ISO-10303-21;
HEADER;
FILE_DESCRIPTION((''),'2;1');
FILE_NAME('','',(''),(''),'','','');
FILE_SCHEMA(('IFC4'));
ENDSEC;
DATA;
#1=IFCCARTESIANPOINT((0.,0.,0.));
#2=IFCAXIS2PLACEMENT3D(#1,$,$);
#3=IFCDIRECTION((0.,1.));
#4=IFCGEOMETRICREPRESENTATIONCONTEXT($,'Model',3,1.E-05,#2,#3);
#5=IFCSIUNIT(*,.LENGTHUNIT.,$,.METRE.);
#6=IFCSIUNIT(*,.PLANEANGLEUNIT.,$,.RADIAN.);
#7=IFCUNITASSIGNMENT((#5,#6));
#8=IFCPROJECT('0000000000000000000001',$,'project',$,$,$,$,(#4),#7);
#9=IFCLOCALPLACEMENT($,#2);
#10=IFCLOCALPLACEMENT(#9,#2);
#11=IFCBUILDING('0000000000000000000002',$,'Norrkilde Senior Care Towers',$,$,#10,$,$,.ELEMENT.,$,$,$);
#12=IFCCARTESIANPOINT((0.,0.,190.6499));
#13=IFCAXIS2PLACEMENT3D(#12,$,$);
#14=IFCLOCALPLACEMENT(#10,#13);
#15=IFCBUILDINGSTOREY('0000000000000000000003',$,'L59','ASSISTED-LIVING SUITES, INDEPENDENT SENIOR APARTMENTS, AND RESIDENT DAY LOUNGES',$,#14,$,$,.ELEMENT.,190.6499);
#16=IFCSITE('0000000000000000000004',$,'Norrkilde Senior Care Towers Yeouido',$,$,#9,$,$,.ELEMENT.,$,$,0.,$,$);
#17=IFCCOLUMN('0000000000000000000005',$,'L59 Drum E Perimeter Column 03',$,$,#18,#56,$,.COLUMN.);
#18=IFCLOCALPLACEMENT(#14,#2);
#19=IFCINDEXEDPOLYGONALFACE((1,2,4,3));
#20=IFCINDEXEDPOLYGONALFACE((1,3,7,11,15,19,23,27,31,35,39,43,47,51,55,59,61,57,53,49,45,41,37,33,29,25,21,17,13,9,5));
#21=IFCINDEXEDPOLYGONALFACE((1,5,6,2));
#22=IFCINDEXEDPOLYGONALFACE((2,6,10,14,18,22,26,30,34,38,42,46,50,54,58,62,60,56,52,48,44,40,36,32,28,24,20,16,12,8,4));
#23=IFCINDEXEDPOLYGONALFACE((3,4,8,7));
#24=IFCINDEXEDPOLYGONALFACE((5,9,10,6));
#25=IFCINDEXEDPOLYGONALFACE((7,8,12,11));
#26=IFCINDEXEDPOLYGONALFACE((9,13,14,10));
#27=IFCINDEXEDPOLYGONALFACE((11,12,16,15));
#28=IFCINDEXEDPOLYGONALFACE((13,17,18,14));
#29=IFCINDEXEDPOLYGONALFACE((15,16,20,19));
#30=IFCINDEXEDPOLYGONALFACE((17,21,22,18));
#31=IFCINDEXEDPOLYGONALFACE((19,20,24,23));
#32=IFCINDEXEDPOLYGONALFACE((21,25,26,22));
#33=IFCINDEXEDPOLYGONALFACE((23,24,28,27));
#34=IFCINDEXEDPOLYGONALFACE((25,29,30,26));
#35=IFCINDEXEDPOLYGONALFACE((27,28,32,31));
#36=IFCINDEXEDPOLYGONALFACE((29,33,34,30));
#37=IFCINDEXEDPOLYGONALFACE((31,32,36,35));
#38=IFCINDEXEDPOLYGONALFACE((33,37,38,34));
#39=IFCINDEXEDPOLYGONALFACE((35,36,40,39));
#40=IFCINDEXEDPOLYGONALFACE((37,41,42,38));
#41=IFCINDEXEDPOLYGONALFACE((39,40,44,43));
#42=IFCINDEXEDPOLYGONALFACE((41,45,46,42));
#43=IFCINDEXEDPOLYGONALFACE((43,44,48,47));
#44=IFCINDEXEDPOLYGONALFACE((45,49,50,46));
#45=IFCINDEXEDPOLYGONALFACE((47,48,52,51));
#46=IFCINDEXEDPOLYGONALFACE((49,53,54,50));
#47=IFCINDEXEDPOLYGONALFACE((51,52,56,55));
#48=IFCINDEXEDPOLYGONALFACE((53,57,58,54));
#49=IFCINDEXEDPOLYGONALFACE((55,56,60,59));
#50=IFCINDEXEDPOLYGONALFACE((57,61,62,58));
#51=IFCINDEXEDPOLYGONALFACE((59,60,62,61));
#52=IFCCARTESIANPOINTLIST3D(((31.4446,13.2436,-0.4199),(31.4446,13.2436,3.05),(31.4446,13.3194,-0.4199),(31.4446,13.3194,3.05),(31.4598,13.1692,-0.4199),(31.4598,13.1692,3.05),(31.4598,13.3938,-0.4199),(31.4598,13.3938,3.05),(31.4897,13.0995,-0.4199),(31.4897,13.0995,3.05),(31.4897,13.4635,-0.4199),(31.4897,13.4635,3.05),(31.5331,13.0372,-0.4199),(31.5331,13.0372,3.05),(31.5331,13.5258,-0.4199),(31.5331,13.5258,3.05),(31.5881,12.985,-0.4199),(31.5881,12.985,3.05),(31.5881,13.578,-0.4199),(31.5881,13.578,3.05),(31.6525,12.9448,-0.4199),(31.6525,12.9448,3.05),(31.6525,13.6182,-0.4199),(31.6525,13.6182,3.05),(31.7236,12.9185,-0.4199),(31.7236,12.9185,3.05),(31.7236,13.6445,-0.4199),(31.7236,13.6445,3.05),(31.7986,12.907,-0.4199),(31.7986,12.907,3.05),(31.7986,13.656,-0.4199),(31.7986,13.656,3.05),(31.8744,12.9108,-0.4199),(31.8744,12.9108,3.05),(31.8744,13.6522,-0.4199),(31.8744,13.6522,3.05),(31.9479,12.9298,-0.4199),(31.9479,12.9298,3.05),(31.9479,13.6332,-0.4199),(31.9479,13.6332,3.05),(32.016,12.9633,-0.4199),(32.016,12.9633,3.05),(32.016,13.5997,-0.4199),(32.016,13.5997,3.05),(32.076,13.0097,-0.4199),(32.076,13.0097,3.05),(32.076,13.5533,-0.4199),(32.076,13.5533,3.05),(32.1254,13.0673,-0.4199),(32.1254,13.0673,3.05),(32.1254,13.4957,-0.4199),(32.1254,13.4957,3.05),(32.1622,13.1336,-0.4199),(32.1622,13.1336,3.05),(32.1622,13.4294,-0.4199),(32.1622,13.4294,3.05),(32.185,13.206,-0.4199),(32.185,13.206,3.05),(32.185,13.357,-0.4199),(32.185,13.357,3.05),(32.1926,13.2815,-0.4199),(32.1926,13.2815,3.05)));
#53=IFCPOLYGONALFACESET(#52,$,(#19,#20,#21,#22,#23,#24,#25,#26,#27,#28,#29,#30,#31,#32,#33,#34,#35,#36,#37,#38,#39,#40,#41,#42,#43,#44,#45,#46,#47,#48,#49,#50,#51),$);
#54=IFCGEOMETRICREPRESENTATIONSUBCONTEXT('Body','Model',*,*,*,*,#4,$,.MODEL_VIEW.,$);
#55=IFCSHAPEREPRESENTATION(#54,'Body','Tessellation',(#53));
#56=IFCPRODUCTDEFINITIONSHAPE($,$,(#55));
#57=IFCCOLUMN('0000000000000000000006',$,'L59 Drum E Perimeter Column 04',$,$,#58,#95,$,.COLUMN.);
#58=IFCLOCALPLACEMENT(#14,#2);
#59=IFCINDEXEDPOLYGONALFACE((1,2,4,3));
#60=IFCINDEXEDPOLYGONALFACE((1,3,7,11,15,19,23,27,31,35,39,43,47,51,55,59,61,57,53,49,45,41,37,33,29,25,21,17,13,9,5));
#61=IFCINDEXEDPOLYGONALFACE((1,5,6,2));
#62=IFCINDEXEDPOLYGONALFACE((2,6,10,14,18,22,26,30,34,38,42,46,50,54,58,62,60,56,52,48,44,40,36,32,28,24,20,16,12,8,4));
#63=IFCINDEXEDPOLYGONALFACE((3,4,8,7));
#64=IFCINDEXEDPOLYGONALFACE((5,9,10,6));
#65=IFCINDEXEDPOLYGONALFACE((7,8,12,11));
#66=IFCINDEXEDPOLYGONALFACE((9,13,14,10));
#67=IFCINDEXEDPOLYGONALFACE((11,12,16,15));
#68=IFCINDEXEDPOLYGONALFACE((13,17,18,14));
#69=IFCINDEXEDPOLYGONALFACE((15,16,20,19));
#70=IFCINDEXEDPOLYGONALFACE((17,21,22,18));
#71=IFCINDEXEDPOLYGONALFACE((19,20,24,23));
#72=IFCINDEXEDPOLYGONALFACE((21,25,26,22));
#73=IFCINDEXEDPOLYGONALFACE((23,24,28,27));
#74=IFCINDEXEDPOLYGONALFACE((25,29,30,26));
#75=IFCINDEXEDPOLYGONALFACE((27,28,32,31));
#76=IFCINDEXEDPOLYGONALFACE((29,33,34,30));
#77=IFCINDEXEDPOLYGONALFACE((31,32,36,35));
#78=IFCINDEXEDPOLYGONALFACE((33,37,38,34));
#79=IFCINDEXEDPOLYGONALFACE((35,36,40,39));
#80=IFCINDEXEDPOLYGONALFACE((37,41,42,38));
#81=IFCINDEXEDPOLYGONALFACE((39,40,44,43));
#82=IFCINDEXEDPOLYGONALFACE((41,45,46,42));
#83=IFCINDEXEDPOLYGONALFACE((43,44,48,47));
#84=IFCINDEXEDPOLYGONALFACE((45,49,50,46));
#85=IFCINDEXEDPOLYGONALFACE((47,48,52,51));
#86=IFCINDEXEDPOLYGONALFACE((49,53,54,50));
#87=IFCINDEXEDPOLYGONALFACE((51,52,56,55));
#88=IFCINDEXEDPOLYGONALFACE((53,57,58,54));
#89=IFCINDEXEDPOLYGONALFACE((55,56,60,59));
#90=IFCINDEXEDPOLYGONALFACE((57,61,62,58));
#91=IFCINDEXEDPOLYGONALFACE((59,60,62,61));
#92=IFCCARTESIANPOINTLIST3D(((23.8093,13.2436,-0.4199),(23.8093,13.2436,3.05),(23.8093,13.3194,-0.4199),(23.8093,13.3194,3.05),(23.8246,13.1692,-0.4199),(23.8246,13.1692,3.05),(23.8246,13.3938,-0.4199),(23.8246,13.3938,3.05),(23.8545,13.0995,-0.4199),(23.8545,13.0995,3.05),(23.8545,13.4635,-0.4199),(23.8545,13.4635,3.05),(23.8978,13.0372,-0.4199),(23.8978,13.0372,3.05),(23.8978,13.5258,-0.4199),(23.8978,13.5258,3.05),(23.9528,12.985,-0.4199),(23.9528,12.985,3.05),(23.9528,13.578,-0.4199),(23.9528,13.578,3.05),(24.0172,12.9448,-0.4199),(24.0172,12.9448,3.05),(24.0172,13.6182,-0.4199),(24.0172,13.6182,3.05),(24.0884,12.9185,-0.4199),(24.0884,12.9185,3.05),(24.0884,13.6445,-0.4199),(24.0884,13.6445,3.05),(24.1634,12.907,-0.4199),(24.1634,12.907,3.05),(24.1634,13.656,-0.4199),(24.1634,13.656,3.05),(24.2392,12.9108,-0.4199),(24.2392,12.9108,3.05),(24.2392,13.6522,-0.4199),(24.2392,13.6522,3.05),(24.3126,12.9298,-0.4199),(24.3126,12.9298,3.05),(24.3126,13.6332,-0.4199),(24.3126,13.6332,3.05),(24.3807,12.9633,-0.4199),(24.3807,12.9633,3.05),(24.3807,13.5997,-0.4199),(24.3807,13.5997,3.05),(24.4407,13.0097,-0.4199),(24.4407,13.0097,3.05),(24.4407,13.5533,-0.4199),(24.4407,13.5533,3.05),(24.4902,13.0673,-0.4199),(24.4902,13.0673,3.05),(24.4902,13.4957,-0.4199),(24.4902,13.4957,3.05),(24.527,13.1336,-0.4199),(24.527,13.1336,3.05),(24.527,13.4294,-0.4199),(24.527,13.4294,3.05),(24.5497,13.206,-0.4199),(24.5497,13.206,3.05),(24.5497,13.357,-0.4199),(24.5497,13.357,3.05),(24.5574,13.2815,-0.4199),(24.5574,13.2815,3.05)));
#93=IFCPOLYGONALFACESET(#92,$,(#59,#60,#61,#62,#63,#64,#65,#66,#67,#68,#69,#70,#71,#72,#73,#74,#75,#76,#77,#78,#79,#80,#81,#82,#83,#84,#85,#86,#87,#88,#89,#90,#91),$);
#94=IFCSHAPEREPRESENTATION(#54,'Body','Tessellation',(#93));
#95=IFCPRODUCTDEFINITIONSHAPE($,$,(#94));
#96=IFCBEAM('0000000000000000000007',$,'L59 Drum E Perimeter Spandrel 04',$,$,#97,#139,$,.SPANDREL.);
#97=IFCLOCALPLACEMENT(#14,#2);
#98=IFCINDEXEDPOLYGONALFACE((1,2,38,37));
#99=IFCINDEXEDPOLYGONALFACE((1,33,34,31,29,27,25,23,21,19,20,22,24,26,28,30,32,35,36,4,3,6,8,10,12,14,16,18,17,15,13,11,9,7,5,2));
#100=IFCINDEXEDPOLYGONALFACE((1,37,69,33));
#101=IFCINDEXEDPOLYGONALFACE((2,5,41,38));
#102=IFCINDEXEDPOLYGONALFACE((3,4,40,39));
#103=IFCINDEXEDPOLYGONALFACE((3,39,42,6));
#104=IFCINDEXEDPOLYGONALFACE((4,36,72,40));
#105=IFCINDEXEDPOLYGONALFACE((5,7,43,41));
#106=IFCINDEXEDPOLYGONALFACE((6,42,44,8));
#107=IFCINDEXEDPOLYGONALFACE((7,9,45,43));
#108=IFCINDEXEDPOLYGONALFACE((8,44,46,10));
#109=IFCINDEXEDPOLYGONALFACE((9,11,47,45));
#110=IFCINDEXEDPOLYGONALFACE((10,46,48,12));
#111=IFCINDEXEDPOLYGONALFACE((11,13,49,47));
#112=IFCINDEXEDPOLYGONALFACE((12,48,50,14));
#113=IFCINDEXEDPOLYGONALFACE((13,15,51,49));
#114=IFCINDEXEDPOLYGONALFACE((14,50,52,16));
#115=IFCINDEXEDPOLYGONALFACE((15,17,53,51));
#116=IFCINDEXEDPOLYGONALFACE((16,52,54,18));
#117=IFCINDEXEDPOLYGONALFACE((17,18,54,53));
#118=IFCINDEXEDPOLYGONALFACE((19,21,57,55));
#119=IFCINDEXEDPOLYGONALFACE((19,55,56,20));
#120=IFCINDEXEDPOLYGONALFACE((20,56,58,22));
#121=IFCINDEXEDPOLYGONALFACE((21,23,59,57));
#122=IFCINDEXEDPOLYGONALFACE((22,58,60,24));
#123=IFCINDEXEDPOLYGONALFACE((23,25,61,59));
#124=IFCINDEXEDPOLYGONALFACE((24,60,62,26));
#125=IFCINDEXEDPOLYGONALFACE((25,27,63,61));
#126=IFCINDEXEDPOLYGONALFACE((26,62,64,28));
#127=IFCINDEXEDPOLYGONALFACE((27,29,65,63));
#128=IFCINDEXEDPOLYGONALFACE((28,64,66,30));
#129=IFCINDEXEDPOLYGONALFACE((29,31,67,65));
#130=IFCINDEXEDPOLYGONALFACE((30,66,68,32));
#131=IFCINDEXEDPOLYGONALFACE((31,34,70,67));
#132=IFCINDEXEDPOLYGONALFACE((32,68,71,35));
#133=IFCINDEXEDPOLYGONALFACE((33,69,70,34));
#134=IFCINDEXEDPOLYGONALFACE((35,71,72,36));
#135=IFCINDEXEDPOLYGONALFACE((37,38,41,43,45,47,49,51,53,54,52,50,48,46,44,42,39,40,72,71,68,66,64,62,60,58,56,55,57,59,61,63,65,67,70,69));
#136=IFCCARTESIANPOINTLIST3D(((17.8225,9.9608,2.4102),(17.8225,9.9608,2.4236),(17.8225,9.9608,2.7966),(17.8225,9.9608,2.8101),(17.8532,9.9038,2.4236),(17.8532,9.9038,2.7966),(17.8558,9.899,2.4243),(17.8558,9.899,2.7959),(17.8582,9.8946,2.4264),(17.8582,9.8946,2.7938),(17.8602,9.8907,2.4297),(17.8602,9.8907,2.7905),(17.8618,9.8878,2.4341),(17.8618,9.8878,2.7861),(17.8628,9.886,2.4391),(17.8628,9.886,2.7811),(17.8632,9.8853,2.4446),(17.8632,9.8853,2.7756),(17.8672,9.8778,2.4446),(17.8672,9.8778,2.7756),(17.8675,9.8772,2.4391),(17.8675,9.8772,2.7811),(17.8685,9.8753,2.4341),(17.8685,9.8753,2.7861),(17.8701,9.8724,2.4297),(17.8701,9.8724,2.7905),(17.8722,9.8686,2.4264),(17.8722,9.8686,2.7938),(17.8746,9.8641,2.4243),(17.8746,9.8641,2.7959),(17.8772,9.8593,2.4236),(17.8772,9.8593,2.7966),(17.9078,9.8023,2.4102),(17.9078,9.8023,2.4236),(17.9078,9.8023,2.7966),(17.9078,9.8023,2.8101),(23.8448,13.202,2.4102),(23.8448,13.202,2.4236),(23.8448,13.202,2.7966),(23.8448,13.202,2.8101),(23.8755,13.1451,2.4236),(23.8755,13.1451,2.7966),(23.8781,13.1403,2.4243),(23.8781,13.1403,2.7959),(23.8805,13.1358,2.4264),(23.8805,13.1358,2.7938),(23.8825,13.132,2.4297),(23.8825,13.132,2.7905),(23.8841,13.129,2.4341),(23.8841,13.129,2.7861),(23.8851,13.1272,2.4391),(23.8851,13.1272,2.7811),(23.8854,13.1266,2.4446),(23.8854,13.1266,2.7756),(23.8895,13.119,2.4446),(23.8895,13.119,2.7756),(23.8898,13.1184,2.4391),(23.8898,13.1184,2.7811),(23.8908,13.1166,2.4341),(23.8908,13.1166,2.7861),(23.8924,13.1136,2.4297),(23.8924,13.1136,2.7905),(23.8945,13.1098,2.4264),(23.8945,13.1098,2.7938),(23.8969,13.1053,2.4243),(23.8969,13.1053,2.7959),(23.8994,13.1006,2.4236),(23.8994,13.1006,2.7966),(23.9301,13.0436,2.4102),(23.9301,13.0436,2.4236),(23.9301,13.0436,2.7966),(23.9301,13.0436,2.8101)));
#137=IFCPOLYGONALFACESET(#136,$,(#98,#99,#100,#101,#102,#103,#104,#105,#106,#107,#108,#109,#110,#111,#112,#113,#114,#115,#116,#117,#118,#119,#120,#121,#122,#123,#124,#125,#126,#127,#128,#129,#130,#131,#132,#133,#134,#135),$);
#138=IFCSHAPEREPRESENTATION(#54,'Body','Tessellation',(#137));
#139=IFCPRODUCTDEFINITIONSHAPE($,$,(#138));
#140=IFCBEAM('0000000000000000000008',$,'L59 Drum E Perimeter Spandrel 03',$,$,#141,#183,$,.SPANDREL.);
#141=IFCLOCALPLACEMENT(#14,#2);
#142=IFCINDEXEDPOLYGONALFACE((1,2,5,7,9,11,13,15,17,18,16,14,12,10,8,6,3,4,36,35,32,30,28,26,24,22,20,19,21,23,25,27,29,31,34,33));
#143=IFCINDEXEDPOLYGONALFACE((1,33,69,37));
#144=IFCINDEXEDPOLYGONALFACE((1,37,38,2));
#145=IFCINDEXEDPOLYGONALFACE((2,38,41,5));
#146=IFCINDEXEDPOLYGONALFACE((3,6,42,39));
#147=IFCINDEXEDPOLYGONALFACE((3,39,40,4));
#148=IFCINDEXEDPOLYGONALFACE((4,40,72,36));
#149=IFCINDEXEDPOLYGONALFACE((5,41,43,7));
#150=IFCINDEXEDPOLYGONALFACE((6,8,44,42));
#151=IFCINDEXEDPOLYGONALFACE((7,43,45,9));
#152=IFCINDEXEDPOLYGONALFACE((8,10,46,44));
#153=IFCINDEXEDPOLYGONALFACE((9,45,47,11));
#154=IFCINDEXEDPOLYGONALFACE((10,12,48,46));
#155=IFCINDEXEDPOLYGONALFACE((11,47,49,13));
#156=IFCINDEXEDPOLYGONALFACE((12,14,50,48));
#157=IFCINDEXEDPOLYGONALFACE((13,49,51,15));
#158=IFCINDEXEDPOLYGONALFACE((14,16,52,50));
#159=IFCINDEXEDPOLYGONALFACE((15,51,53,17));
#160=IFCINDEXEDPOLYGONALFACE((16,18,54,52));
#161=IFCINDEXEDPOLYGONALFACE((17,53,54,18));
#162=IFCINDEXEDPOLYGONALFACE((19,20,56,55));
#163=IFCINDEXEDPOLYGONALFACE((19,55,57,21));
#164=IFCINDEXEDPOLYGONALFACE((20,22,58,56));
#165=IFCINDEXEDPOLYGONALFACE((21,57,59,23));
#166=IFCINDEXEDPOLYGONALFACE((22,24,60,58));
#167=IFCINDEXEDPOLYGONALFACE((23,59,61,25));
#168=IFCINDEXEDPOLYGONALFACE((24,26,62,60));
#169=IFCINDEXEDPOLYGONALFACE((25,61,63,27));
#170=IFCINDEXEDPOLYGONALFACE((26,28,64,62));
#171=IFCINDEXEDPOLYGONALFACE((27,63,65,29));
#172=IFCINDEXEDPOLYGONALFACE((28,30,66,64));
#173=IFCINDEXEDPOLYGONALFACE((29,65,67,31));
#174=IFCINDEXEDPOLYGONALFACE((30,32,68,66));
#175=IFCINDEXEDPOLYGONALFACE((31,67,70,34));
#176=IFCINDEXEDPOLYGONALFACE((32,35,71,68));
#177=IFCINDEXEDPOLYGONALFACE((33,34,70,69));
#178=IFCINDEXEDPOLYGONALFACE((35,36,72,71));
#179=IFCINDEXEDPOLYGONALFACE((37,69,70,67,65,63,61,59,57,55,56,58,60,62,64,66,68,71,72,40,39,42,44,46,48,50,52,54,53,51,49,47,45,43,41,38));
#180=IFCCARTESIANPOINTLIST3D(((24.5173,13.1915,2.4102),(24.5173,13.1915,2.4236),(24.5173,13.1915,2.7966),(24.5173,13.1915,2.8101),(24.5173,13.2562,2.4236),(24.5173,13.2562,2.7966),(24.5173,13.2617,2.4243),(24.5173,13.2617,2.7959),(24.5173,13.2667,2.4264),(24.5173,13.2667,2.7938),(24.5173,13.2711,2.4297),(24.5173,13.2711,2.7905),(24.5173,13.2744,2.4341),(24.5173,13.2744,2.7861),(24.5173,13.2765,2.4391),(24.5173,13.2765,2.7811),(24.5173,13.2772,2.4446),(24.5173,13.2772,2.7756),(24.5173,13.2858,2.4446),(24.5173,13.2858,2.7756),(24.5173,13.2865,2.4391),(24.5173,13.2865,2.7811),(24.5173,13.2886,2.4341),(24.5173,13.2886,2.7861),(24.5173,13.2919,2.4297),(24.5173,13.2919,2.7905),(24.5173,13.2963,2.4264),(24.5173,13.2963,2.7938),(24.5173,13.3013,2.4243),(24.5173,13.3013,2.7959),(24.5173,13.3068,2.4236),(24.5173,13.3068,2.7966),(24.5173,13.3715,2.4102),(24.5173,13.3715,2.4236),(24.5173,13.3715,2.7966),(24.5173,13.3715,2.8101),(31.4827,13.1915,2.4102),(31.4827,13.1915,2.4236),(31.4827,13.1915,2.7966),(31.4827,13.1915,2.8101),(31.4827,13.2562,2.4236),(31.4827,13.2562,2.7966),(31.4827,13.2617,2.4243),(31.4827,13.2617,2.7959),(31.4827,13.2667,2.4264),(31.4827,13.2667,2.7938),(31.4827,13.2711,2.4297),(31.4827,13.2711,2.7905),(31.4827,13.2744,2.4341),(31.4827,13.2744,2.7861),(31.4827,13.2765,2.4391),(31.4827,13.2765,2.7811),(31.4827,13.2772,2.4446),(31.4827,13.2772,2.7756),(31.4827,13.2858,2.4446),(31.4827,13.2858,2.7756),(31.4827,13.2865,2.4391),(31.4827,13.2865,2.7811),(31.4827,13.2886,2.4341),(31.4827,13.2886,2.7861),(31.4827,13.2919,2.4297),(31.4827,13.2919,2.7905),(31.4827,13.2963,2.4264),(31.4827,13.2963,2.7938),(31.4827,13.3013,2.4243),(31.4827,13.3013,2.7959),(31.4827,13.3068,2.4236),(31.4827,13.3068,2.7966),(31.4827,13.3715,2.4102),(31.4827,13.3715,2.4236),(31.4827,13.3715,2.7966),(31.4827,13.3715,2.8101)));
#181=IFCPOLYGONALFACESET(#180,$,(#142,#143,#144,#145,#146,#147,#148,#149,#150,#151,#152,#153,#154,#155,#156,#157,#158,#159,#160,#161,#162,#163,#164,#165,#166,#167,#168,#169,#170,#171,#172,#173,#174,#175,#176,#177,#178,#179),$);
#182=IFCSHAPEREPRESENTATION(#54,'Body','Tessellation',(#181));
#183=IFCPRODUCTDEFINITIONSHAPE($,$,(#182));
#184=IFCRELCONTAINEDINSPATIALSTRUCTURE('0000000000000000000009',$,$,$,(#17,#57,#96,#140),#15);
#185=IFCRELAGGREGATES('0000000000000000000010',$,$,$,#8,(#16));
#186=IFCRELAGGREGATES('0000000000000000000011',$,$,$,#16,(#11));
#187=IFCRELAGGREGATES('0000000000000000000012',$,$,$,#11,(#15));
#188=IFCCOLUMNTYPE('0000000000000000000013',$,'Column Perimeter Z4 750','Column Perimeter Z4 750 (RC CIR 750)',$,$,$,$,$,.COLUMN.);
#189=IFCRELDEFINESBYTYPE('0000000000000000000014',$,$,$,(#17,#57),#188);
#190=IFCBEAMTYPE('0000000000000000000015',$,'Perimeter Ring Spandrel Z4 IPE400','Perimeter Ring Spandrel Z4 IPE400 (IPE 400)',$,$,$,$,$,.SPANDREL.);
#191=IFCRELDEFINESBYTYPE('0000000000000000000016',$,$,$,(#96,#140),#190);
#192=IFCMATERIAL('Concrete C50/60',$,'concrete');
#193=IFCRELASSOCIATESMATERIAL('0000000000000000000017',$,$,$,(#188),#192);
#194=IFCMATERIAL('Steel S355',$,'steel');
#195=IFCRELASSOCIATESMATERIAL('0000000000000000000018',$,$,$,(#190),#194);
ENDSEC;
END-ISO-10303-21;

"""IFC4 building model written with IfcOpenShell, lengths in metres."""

from ifc_helpers import new_model, si_unit, direction, frame, origin, origin_2d, place, context, subcontext, project, spatial, circle, i_section, extrude, source, transform, mapped, material, material_profile, profile_set, type_object, type_shapes, element, save


model = new_model("IFC4")

# Units and contexts
model_context = context("Model", 3, precision=1e-05, world=origin(), true_north=direction((0.0, 1.0)))
body_context = subcontext(model_context, "Body", "Model", "MODEL_VIEW")
ifc_project = project(units=[si_unit("LENGTHUNIT", "METRE"), si_unit("PLANEANGLEUNIT", "RADIAN")], contexts=[model_context])

# Site, building, storey
site_placement = place(None, origin())
site = spatial("IfcSite", under=ifc_project, at=site_placement, Name="Norrkilde Senior Care Towers Yeouido", CompositionType="ELEMENT", RefElevation=0.0)
building_placement = place(site_placement, origin())
building = spatial("IfcBuilding", under=site, at=building_placement, Name="Norrkilde Senior Care Towers", CompositionType="ELEMENT")
storey_placement = place(building_placement, frame((0.0, 0.0, 190.6499)))
storey = spatial("IfcBuildingStorey", under=building, at=storey_placement, Name="L59", Description="ASSISTED-LIVING SUITES, INDEPENDENT SENIOR APARTMENTS, AND RESIDENT DAY LOUNGES", CompositionType="ELEMENT", Elevation=190.6499)

# Columns
ifc_material_1 = material(Name="Concrete C50/60", Category="concrete")
ifc_material_profile_1 = material_profile(ifc_material_1, circle(Radius=0.375, at=origin_2d()), Name="RC CIR 750")
ifc_profile_set_1 = profile_set([ifc_material_profile_1], Name="Concrete C50/60")
column_type = type_object("IfcColumnType", Name="Column Perimeter Z4 750", Description="Column Perimeter Z4 750 (RC CIR 750)", PredefinedType="COLUMN", material=ifc_profile_set_1)
shared_shape_1 = source(origin(), body_context, "Body", "SweptSolid", [
    extrude(circle(Radius=0.375, at=origin_2d()), origin(), (0.0, 0.0, 1.0), 3.47),
])
type_shapes(column_type, [shared_shape_1])
for number, where, z_axis, x_axis, name in (
    (1, (31.8176, 13.2815, -0.4199), (0.0, 0.0, 1.0), (1.0, 0.0, 0.0), "L59 Drum E Perimeter Column 03"),
    (2, (24.1824, 13.2815, -0.4199), (0.0, 0.0, 1.0), (1.0, 0.0, 0.0), "L59 Drum E Perimeter Column 04"),
):
    element("IfcColumn", number, at=place(storey_placement, frame(where, z_axis=z_axis, x_axis=x_axis)), inside=storey, type_object=column_type, Name=name, PredefinedType="COLUMN", context=body_context, shape_type="MappedRepresentation", body=[
        mapped(shared_shape_1, transform((0.0, 0.0, 0.0), x_axis=(1.0, 0.0, 0.0), y_axis=(0.0, 1.0, 0.0), z_axis=(0.0, 0.0, 1.0), scale=1.0)),
    ])

# Beams
ifc_material_2 = material(Name="Steel S355", Category="steel")
ifc_material_profile_2 = material_profile(ifc_material_2, i_section(OverallWidth=0.1799, OverallDepth=0.3999, WebThickness=0.0085, FlangeThickness=0.0134, FilletRadius=0.021, at=origin_2d()), Name="IPE 400")
ifc_profile_set_2 = profile_set([ifc_material_profile_2], Name="Steel S355")
beam_type_1 = type_object("IfcBeamType", Name="Perimeter Ring Spandrel Z4 IPE400", Description="Perimeter Ring Spandrel Z4 IPE400 (IPE 400)", PredefinedType="SPANDREL", material=ifc_profile_set_2)
shared_shape_2 = source(origin(), body_context, "Body", "SweptSolid", [
    extrude(i_section(OverallWidth=0.1799, OverallDepth=0.3999, WebThickness=0.0085, FlangeThickness=0.0134, FilletRadius=0.021, at=origin_2d()), origin(), (0.0, 0.0, 1.0), 6.8391),
])
beam_1_placement = place(storey_placement, frame((23.8875, 13.1228, 2.6101), z_axis=(-0.880564, -0.473927, 0.0), x_axis=(0.473927, -0.880564, 0.0)))
element("IfcBeam", 3, at=beam_1_placement, inside=storey, type_object=beam_type_1, Name="L59 Drum E Perimeter Spandrel 04", PredefinedType="SPANDREL", context=body_context, shape_type="MappedRepresentation", body=[
    mapped(shared_shape_2, transform((0.0, 0.0, 0.0), x_axis=(1.0, 0.0, 0.0), y_axis=(0.0, 1.0, 0.0), z_axis=(0.0, 0.0, 1.0), scale=1.0)),
])
shared_shape_3 = source(origin(), body_context, "Body", "SweptSolid", [
    extrude(i_section(OverallWidth=0.1799, OverallDepth=0.3999, WebThickness=0.0085, FlangeThickness=0.0134, FilletRadius=0.021, at=origin_2d()), origin(), (0.0, 0.0, 1.0), 6.9653),
])
type_shapes(beam_type_1, [shared_shape_2, shared_shape_3])
beam_2_placement = place(storey_placement, frame((31.4827, 13.2815, 2.6101), z_axis=(-1.0, 0.0, 0.0), x_axis=(0.0, -1.0, 0.0)))
element("IfcBeam", 4, at=beam_2_placement, inside=storey, type_object=beam_type_1, Name="L59 Drum E Perimeter Spandrel 03", PredefinedType="SPANDREL", context=body_context, shape_type="MappedRepresentation", body=[
    mapped(shared_shape_3, transform((0.0, 0.0, 0.0), x_axis=(1.0, 0.0, 0.0), y_axis=(0.0, 1.0, 0.0), z_axis=(0.0, 0.0, 1.0), scale=1.0)),
])

save(model, "model.ifc")
